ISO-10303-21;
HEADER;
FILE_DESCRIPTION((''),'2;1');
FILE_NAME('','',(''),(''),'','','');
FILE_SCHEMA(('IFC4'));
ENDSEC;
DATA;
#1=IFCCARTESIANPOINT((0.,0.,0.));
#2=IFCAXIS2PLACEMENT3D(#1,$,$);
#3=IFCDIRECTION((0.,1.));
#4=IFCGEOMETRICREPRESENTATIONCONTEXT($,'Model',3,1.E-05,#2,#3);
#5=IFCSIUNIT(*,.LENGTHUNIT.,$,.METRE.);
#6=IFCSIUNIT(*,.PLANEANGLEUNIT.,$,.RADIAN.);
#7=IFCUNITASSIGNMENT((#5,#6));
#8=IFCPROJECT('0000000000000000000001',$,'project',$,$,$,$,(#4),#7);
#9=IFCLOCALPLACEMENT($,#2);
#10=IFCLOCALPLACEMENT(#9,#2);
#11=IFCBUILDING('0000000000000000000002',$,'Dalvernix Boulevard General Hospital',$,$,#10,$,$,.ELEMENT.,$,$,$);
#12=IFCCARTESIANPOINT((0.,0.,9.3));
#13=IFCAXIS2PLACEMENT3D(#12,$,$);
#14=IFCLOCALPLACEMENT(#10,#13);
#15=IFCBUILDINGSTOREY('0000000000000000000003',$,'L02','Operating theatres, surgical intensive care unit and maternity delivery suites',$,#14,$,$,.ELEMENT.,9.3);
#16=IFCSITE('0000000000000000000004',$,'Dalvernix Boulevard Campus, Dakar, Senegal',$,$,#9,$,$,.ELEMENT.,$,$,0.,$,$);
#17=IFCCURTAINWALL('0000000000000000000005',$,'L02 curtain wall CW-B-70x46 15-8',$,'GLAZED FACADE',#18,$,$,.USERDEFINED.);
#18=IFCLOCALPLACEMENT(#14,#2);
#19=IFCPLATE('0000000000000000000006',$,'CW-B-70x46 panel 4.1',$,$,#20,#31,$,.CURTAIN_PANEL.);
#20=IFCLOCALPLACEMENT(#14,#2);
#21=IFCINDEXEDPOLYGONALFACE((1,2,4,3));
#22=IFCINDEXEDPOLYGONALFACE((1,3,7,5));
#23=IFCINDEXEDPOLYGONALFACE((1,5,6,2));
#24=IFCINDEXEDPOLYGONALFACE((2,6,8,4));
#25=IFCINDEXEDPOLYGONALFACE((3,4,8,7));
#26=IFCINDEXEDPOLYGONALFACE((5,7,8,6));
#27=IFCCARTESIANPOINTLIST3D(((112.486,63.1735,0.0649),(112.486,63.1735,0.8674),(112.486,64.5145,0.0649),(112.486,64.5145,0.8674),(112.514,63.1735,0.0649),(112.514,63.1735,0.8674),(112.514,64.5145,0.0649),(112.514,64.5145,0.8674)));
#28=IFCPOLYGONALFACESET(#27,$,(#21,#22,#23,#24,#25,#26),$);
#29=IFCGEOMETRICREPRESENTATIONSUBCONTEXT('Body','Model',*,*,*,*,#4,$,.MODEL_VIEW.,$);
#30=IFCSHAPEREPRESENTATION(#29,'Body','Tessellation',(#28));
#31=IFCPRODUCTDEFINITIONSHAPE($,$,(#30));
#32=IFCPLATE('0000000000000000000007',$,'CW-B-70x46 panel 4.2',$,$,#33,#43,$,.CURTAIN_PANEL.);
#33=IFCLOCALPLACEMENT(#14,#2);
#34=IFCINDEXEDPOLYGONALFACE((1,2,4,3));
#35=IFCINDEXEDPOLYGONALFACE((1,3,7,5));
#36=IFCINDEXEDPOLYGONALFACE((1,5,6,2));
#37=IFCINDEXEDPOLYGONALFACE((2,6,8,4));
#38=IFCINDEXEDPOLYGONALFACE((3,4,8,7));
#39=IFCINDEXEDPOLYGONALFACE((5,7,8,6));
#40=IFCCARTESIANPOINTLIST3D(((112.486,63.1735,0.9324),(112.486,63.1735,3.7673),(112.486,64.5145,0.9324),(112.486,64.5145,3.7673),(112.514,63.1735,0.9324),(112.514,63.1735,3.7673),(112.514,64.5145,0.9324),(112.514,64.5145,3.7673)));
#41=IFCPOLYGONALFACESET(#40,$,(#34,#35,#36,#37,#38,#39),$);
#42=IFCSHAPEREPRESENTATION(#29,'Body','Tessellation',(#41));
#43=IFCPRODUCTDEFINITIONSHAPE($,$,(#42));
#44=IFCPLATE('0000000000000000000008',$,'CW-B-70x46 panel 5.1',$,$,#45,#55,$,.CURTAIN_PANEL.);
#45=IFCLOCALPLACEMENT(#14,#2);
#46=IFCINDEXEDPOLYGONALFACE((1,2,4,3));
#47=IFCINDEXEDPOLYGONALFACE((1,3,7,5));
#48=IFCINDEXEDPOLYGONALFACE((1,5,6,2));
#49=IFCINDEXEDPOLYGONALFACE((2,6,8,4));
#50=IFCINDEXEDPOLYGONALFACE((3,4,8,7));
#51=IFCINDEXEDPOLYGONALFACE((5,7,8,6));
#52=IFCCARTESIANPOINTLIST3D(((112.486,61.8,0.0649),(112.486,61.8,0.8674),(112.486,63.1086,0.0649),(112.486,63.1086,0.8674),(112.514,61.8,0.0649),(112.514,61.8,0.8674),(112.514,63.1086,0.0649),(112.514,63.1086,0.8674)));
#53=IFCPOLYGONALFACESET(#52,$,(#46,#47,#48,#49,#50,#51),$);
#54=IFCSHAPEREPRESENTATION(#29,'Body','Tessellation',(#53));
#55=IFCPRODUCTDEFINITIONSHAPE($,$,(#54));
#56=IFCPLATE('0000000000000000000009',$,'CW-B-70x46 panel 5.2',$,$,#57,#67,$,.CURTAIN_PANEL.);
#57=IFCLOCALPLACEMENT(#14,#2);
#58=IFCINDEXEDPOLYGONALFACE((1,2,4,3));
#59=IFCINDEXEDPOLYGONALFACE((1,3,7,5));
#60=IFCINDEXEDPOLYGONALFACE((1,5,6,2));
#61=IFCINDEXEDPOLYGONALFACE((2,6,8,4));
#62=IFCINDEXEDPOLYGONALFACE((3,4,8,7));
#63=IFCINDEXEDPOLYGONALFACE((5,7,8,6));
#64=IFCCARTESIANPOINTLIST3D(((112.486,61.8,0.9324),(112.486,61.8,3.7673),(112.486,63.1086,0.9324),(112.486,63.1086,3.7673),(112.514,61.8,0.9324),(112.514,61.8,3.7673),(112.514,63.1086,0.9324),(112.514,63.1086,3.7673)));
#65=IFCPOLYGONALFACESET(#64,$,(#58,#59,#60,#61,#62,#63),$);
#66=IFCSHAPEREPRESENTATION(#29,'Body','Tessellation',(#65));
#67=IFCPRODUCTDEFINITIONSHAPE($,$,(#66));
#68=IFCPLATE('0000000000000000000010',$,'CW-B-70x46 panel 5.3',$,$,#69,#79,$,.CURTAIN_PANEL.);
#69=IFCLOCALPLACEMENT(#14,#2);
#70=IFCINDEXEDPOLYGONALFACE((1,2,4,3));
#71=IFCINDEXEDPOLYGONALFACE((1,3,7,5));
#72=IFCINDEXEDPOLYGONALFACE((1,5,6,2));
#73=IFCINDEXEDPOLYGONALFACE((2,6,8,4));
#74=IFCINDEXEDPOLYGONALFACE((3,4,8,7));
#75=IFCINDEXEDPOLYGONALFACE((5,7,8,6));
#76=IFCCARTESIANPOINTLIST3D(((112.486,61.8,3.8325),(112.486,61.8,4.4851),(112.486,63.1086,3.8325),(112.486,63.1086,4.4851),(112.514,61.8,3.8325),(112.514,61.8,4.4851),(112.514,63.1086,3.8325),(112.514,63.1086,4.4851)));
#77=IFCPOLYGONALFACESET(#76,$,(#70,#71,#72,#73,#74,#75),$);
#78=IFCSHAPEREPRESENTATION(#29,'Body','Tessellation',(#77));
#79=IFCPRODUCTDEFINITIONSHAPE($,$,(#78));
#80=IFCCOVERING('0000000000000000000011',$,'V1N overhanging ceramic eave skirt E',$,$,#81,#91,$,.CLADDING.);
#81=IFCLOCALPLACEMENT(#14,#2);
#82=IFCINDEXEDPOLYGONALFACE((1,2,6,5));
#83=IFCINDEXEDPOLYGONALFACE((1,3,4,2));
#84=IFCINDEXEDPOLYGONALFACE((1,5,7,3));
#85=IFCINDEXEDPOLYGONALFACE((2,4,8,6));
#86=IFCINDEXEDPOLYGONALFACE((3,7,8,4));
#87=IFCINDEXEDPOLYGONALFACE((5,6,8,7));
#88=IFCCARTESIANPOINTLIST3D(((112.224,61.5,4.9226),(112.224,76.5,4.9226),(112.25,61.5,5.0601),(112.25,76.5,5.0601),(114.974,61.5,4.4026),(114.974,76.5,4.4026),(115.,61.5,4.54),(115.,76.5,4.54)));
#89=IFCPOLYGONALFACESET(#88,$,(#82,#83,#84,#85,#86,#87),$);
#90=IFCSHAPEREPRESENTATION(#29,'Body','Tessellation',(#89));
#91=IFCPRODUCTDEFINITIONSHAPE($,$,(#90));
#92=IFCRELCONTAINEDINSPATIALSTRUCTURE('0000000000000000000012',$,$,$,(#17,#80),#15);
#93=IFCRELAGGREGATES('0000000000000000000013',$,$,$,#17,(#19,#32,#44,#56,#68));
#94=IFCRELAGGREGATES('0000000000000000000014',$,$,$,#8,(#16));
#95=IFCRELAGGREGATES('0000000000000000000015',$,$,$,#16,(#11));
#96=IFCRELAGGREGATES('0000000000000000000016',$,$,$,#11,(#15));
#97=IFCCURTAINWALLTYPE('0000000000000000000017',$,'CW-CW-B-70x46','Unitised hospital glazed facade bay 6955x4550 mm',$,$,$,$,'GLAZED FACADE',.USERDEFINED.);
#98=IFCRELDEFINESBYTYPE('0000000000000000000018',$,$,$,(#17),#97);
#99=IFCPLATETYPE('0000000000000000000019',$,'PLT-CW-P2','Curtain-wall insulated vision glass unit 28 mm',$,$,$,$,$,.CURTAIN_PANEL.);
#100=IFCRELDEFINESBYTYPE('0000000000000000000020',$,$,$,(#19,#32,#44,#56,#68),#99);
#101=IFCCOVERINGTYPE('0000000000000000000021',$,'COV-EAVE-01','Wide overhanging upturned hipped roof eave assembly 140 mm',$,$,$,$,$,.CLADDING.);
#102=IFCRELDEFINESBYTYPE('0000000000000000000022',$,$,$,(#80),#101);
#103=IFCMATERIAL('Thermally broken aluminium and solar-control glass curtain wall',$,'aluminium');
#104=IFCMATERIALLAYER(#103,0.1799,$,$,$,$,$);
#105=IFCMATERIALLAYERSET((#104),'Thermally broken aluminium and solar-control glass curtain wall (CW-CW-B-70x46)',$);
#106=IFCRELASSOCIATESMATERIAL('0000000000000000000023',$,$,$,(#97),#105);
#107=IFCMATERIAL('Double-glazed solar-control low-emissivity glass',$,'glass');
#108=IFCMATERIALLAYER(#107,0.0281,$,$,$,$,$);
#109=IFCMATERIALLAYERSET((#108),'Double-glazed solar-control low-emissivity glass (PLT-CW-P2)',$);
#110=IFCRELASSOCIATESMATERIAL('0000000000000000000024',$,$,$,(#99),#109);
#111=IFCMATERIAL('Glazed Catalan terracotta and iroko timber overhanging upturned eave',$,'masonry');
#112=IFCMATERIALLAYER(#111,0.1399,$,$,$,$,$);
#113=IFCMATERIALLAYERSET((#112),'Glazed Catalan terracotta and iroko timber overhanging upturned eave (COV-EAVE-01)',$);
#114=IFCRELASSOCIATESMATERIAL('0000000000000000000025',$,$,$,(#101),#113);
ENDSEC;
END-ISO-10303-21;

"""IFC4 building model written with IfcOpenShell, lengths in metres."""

from ifc_helpers import new_model, si_unit, direction, frame, origin, origin_2d, place, context, subcontext, project, spatial, polyline, rectangle, outline, extrude, material, layer, layer_set, type_object, element, aggregate, save


model = new_model("IFC4")

# Units and contexts
model_context = context("Model", 3, precision=1e-05, world=origin(), true_north=direction((0.0, 1.0)))
body_context = subcontext(model_context, "Body", "Model", "MODEL_VIEW")
ifc_project = project(units=[si_unit("LENGTHUNIT", "METRE"), si_unit("PLANEANGLEUNIT", "RADIAN")], contexts=[model_context])

# Site, building, storey
site_placement = place(None, origin())
site = spatial("IfcSite", under=ifc_project, at=site_placement, Name="Dalvernix Boulevard Campus, Dakar, Senegal", CompositionType="ELEMENT", RefElevation=0.0)
building_placement = place(site_placement, origin())
building = spatial("IfcBuilding", under=site, at=building_placement, Name="Dalvernix Boulevard General Hospital", CompositionType="ELEMENT")
storey_placement = place(building_placement, frame((0.0, 0.0, 9.3)))
storey = spatial("IfcBuildingStorey", under=building, at=storey_placement, Name="L02", Description="Operating theatres, surgical intensive care unit and maternity delivery suites", CompositionType="ELEMENT", Elevation=9.3)

# Curtain wall
ifc_material_1 = material(Name="Thermally broken aluminium and solar-control glass curtain wall", Category="aluminium")
ifc_layer_1 = layer(ifc_material_1, 0.1799)
ifc_layer_set_1 = layer_set([ifc_layer_1], Name="Thermally broken aluminium and solar-control glass curtain wall (CW-CW-B-70x46)")
curtain_wall_type = type_object("IfcCurtainWallType", Name="CW-CW-B-70x46", Description="Unitised hospital glazed facade bay 6955x4550 mm", ElementType="GLAZED FACADE", PredefinedType="USERDEFINED", material=ifc_layer_set_1)
curtain_wall_placement = place(storey_placement, origin())
curtain_wall = element("IfcCurtainWall", 1, at=curtain_wall_placement, inside=storey, type_object=curtain_wall_type, Name="L02 curtain wall CW-B-70x46 15-8", ObjectType="GLAZED FACADE", PredefinedType="USERDEFINED")

# Plates
ifc_material_2 = material(Name="Double-glazed solar-control low-emissivity glass", Category="glass")
ifc_layer_2 = layer(ifc_material_2, 0.0281)
ifc_layer_set_2 = layer_set([ifc_layer_2], Name="Double-glazed solar-control low-emissivity glass (PLT-CW-P2)")
plate_type = type_object("IfcPlateType", Name="PLT-CW-P2", Description="Curtain-wall insulated vision glass unit 28 mm", PredefinedType="CURTAIN_PANEL", material=ifc_layer_set_2)
plate_1_placement = place(storey_placement, frame((112.5, 63.844, 0.0649), z_axis=(0.0, 0.0, 1.0), x_axis=(0.0, -1.0, 0.0)))
plate_1 = element("IfcPlate", 2, at=plate_1_placement, type_object=plate_type, Name="CW-B-70x46 panel 4.1", PredefinedType="CURTAIN_PANEL", context=body_context, shape_type="SweptSolid", body=[
    extrude(rectangle(XDim=1.3411, YDim=0.0281, at=origin_2d()), origin(), (0.0, 0.0, 1.0), 0.8025),
])
plate_2_placement = place(storey_placement, frame((112.5, 63.844, 0.9324), z_axis=(0.0, 0.0, 1.0), x_axis=(0.0, -1.0, 0.0)))
plate_2 = element("IfcPlate", 3, at=plate_2_placement, type_object=plate_type, Name="CW-B-70x46 panel 4.2", PredefinedType="CURTAIN_PANEL", context=body_context, shape_type="SweptSolid", body=[
    extrude(rectangle(XDim=1.3411, YDim=0.0281, at=origin_2d()), origin(), (0.0, 0.0, 1.0), 2.835),
])
plate_3_placement = place(storey_placement, frame((112.5, 62.4543, 0.0649), z_axis=(0.0, 0.0, 1.0), x_axis=(0.0, -1.0, 0.0)))
plate_3 = element("IfcPlate", 4, at=plate_3_placement, type_object=plate_type, Name="CW-B-70x46 panel 5.1", PredefinedType="CURTAIN_PANEL", context=body_context, shape_type="SweptSolid", body=[
    extrude(rectangle(XDim=1.3086, YDim=0.0281, at=origin_2d()), origin(), (0.0, 0.0, 1.0), 0.8025),
])
plate_4_placement = place(storey_placement, frame((112.5, 62.4543, 0.9324), z_axis=(0.0, 0.0, 1.0), x_axis=(0.0, -1.0, 0.0)))
plate_4 = element("IfcPlate", 5, at=plate_4_placement, type_object=plate_type, Name="CW-B-70x46 panel 5.2", PredefinedType="CURTAIN_PANEL", context=body_context, shape_type="SweptSolid", body=[
    extrude(rectangle(XDim=1.3086, YDim=0.0281, at=origin_2d()), origin(), (0.0, 0.0, 1.0), 2.835),
])
plate_5_placement = place(storey_placement, frame((112.5, 62.4543, 3.8325), z_axis=(0.0, 0.0, 1.0), x_axis=(0.0, -1.0, 0.0)))
plate_5 = element("IfcPlate", 6, at=plate_5_placement, type_object=plate_type, Name="CW-B-70x46 panel 5.3", PredefinedType="CURTAIN_PANEL", context=body_context, shape_type="SweptSolid", body=[
    extrude(rectangle(XDim=1.3086, YDim=0.0281, at=origin_2d()), origin(), (0.0, 0.0, 1.0), 0.6526),
])
aggregate(curtain_wall, [plate_1, plate_2, plate_3, plate_4, plate_5])

# Covering
ifc_material_3 = material(Name="Glazed Catalan terracotta and iroko timber overhanging upturned eave", Category="masonry")
ifc_layer_3 = layer(ifc_material_3, 0.1399)
ifc_layer_set_3 = layer_set([ifc_layer_3], Name="Glazed Catalan terracotta and iroko timber overhanging upturned eave (COV-EAVE-01)")
covering_type = type_object("IfcCoveringType", Name="COV-EAVE-01", Description="Wide overhanging upturned hipped roof eave assembly 140 mm", PredefinedType="CLADDING", material=ifc_layer_set_3)
covering_placement = place(storey_placement, frame((112.25, 61.5, 5.0601), z_axis=(0.185805, 0.0, 0.982587), x_axis=(0.0, 1.0, 0.0)))
element("IfcCovering", 7, at=covering_placement, inside=storey, type_object=covering_type, Name="V1N overhanging ceramic eave skirt E", PredefinedType="CLADDING", context=body_context, shape_type="SweptSolid", body=[
    extrude(outline(polyline([(0.0, 0.0), (15.0, 0.0), (15.0, -2.7987), (0.0, -2.7987), (0.0, 0.0)])), origin(), (0.0, 0.0, -1.0), 0.1399),
])

save(model, "model.ifc")
